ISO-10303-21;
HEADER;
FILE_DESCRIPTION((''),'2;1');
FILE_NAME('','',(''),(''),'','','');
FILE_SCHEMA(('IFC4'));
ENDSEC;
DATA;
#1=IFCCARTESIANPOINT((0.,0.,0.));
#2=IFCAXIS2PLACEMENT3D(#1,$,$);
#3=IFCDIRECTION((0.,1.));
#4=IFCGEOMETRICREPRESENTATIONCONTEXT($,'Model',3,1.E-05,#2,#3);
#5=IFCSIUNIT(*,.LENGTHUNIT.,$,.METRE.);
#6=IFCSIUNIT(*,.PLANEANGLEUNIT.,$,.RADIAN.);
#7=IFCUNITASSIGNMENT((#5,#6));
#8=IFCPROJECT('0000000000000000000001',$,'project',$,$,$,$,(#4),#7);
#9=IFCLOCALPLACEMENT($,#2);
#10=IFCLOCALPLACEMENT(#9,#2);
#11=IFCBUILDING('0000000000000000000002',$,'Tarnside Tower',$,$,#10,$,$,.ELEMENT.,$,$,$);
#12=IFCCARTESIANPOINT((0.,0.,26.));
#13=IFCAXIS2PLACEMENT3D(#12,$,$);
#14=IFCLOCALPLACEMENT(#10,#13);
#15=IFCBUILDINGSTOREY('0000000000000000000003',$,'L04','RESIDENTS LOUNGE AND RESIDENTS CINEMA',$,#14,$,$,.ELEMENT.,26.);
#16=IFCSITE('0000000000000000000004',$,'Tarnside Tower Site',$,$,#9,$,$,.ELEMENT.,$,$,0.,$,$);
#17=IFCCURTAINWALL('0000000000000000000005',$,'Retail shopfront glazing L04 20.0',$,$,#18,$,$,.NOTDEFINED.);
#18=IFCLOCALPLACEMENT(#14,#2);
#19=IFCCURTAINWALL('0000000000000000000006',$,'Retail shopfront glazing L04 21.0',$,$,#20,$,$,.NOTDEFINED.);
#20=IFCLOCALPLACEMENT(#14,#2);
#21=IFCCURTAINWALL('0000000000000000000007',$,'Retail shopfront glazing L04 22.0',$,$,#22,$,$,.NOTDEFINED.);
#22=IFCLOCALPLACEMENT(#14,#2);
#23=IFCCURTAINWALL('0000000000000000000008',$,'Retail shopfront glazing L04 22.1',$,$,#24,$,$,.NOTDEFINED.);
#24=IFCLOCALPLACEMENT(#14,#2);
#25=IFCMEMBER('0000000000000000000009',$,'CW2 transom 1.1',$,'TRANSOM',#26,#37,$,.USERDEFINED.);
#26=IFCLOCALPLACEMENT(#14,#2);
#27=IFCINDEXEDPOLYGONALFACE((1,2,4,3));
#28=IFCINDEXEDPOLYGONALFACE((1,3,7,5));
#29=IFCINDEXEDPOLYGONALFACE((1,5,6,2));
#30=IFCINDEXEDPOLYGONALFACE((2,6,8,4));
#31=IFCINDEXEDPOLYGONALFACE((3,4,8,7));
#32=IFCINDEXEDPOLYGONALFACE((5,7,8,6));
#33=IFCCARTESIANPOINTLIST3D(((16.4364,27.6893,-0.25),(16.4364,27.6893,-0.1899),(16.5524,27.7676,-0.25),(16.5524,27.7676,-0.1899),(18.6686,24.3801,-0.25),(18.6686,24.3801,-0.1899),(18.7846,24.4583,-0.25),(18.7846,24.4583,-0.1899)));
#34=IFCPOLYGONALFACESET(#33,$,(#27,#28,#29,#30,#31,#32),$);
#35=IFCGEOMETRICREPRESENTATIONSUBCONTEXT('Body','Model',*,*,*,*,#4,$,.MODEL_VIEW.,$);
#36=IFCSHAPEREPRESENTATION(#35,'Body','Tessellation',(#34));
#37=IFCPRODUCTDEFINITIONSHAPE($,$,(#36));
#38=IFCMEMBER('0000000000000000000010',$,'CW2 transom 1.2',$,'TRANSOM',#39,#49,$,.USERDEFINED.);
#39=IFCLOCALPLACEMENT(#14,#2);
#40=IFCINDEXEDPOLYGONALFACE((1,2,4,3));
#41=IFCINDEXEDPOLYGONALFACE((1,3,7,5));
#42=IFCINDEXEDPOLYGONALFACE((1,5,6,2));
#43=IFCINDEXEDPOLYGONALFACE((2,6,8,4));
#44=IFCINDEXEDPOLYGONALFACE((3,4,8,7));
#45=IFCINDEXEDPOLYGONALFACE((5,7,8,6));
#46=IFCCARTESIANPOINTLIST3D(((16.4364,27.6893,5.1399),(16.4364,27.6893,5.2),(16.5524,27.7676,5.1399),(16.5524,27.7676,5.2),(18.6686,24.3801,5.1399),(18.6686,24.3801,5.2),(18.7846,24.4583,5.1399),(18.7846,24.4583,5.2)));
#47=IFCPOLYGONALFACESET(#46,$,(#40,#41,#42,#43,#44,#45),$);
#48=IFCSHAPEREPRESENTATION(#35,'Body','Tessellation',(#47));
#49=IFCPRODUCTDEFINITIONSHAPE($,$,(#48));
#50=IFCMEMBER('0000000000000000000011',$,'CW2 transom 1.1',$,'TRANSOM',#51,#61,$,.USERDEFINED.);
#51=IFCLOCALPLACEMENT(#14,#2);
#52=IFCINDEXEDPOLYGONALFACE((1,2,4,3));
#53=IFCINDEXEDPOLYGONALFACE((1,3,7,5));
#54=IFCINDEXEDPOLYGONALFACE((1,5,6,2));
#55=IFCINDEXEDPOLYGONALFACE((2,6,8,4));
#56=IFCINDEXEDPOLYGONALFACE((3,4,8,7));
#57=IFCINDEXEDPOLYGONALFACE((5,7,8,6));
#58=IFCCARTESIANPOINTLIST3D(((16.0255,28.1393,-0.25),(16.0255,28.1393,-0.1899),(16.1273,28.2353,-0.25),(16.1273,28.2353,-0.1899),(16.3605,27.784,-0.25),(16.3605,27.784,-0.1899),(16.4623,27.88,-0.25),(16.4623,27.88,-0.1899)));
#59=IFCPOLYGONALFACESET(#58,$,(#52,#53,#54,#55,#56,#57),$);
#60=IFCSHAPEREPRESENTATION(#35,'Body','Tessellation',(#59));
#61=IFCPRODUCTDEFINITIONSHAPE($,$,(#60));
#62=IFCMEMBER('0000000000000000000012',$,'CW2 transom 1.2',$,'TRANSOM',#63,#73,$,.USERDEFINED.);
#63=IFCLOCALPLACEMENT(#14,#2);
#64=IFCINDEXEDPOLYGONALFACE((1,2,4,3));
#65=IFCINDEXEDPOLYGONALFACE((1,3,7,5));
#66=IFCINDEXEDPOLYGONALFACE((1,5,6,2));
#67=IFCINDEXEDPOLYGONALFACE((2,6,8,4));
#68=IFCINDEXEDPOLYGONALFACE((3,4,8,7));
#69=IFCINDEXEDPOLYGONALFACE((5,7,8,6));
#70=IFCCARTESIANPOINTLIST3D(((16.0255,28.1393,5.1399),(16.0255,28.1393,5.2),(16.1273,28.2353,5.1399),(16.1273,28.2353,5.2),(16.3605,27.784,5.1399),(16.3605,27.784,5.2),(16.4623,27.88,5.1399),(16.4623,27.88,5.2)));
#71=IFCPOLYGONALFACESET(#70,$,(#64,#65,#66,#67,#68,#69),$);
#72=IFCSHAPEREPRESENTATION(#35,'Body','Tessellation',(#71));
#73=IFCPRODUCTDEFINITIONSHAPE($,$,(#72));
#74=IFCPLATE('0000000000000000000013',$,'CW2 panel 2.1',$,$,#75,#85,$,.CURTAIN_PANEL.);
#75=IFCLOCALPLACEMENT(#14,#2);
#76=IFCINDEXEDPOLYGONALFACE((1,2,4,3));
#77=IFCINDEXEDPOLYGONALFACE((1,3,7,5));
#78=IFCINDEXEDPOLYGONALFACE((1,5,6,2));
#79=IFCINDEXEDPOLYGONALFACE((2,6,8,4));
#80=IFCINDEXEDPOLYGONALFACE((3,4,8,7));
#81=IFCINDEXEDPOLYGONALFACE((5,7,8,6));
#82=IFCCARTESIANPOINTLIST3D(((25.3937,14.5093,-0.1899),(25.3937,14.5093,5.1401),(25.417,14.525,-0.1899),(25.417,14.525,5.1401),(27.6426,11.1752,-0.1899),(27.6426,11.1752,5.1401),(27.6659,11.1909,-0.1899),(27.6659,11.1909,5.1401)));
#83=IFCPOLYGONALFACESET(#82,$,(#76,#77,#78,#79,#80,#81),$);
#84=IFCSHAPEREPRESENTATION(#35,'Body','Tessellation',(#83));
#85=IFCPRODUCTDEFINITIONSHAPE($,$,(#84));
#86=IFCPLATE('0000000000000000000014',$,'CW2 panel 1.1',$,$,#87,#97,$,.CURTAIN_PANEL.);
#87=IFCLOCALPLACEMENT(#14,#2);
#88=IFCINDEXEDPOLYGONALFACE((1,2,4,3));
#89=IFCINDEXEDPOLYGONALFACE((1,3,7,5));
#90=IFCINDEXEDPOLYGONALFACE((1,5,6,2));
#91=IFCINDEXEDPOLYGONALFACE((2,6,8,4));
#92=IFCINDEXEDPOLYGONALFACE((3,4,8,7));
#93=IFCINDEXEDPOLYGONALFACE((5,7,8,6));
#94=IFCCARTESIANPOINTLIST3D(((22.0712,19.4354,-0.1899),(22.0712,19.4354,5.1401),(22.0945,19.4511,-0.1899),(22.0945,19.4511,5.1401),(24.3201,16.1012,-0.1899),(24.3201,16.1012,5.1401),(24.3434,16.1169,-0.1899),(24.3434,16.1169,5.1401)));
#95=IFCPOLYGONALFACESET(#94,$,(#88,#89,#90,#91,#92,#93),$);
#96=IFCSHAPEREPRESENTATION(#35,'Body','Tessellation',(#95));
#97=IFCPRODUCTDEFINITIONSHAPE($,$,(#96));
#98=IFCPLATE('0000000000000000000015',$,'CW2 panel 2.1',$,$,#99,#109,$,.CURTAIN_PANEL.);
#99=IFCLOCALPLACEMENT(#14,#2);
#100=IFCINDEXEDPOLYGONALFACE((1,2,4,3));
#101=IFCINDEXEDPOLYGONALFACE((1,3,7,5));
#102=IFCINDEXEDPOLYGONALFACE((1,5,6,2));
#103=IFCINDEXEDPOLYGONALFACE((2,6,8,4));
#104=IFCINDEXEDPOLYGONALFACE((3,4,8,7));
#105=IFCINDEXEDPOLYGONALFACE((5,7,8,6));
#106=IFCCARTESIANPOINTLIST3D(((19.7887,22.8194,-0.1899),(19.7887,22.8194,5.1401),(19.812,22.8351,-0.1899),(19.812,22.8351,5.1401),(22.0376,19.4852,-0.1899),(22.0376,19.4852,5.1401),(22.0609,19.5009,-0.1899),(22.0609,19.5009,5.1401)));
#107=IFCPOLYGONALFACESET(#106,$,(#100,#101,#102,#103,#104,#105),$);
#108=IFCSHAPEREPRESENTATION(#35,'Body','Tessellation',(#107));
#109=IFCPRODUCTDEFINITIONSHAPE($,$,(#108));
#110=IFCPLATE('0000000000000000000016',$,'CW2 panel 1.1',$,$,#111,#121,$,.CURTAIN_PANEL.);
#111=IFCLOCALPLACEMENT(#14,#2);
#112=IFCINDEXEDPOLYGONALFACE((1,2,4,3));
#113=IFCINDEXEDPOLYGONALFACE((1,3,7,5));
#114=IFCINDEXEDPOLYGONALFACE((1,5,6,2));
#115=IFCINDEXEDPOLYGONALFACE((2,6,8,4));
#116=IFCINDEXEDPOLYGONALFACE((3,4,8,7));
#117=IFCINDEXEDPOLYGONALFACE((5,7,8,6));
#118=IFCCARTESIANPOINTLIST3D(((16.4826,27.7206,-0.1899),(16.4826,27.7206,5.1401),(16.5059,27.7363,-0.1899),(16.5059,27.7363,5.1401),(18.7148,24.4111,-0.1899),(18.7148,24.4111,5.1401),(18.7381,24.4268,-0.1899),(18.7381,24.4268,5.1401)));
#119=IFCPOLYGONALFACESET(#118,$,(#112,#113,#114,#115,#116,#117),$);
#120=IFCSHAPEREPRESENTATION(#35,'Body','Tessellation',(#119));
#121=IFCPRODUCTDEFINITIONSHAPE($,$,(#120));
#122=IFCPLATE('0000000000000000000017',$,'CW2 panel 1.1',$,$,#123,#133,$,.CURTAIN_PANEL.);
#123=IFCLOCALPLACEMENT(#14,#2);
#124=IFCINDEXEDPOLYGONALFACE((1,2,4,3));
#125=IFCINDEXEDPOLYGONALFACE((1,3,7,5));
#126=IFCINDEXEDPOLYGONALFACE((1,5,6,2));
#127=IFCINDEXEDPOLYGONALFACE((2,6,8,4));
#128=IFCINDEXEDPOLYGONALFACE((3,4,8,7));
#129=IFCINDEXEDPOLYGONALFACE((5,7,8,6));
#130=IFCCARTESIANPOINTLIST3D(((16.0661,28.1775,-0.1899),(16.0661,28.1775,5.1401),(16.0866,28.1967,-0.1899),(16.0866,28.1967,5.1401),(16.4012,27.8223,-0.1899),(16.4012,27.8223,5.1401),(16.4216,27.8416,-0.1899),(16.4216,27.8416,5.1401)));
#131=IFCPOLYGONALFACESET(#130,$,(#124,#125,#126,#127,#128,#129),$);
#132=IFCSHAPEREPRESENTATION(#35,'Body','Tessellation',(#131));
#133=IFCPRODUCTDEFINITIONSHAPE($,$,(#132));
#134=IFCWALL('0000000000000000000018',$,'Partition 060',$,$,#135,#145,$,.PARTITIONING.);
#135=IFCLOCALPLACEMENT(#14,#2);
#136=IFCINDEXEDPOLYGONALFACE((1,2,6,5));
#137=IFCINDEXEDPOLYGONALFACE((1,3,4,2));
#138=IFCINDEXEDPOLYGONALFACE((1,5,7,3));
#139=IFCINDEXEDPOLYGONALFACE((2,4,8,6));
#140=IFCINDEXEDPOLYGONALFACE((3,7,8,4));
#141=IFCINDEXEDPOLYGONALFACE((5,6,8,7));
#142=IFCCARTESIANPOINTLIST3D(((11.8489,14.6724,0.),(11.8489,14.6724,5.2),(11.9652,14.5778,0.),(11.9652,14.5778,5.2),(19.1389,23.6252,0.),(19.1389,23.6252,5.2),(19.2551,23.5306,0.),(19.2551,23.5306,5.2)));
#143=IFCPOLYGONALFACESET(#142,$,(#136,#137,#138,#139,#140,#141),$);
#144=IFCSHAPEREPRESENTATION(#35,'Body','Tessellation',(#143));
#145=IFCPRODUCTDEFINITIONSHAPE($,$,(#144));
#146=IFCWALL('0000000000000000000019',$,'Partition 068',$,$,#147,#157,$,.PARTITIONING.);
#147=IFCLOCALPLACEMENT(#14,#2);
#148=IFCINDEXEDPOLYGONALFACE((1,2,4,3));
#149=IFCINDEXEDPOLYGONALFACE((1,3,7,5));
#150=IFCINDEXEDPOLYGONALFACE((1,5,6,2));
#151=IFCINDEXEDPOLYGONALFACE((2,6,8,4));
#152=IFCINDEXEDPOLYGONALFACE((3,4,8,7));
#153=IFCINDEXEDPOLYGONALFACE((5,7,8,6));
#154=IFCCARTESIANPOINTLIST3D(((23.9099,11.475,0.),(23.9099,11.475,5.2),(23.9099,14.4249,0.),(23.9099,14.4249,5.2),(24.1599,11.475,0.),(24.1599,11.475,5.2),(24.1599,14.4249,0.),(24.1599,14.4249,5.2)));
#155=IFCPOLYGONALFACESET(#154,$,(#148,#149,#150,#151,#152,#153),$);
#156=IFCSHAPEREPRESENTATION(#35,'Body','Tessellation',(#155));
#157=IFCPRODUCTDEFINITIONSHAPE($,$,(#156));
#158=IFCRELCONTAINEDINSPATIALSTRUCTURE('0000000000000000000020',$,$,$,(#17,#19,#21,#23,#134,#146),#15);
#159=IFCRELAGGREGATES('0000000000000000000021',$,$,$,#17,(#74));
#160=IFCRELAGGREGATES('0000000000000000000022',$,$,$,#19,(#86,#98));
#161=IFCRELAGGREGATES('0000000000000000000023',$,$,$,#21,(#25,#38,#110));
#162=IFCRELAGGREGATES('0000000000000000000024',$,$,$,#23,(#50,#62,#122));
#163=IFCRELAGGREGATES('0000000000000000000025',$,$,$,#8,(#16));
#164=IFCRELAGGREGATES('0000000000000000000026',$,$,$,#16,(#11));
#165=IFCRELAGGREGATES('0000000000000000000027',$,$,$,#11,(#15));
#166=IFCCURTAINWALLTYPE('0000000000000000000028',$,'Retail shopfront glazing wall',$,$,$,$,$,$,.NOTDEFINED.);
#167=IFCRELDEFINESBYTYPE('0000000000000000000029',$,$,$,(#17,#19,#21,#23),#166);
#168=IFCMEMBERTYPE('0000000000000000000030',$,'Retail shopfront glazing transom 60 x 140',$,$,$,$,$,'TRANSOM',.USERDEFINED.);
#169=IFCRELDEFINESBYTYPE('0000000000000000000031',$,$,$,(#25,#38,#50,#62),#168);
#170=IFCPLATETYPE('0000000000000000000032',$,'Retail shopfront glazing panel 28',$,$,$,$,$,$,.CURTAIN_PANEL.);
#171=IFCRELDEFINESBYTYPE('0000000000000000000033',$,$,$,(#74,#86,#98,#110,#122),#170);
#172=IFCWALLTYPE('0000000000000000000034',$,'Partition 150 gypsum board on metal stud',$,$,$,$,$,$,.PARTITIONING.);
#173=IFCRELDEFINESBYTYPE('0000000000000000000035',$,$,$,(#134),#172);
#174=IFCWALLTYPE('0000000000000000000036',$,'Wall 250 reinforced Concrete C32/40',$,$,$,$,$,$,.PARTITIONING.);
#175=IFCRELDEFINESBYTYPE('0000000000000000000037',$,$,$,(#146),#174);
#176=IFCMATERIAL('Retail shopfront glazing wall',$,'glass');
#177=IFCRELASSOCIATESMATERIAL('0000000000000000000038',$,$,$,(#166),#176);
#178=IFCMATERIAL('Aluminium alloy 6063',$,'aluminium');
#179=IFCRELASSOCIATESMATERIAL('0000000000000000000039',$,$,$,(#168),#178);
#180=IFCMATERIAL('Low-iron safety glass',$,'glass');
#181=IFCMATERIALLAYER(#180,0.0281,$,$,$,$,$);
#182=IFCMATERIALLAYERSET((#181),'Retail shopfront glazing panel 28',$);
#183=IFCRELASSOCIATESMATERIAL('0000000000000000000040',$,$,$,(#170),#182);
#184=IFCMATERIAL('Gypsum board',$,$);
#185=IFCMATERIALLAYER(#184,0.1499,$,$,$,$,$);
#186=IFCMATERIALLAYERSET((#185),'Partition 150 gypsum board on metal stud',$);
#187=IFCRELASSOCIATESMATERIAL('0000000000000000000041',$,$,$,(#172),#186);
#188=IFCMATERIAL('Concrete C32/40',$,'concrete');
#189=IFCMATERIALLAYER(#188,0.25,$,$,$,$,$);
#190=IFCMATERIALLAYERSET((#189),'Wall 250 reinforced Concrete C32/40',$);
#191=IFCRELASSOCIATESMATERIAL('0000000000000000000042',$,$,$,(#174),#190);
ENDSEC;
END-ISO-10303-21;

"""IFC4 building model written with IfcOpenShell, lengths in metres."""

from ifc_helpers import new_model, si_unit, direction, frame, frame_2d, origin, origin_2d, place, context, subcontext, project, spatial, rectangle, extrude, material, layer, layer_set, material_profile, profile_set, type_object, element, aggregate, save


model = new_model("IFC4")

# Units and contexts
model_context = context("Model", 3, precision=1e-05, world=origin(), true_north=direction((0.0, 1.0)))
body_context = subcontext(model_context, "Body", "Model", "MODEL_VIEW")
ifc_project = project(units=[si_unit("LENGTHUNIT", "METRE"), si_unit("PLANEANGLEUNIT", "RADIAN")], contexts=[model_context])

# Site, building, storey
site_placement = place(None, origin())
site = spatial("IfcSite", under=ifc_project, at=site_placement, Name="Tarnside Tower Site", CompositionType="ELEMENT", RefElevation=0.0)
building_placement = place(site_placement, origin())
building = spatial("IfcBuilding", under=site, at=building_placement, Name="Tarnside Tower", CompositionType="ELEMENT")
storey_placement = place(building_placement, frame((0.0, 0.0, 26.0)))
storey = spatial("IfcBuildingStorey", under=building, at=storey_placement, Name="L04", Description="RESIDENTS LOUNGE AND RESIDENTS CINEMA", CompositionType="ELEMENT", Elevation=26.0)

# Curtain wall
ifc_material_1 = material(Name="Retail shopfront glazing wall", Category="glass")
curtain_wall_type = type_object("IfcCurtainWallType", Name="Retail shopfront glazing wall", PredefinedType="NOTDEFINED", material=ifc_material_1)
curtain_wall_1_placement = place(storey_placement, origin())
curtain_wall_1 = element("IfcCurtainWall", 1, at=curtain_wall_1_placement, inside=storey, type_object=curtain_wall_type, Name="Retail shopfront glazing L04 20.0", PredefinedType="NOTDEFINED")
ifc_material_2 = material(Name="Aluminium alloy 6063", Category="aluminium")

# Curtain walls
curtain_wall_2_placement = place(storey_placement, origin())
curtain_wall_2 = element("IfcCurtainWall", 2, at=curtain_wall_2_placement, inside=storey, type_object=curtain_wall_type, Name="Retail shopfront glazing L04 21.0", PredefinedType="NOTDEFINED")
curtain_wall_3_placement = place(storey_placement, origin())
curtain_wall_3 = element("IfcCurtainWall", 3, at=curtain_wall_3_placement, inside=storey, type_object=curtain_wall_type, Name="Retail shopfront glazing L04 22.0", PredefinedType="NOTDEFINED")

# Curtain wall
curtain_wall_4_placement = place(storey_placement, origin())
curtain_wall_4 = element("IfcCurtainWall", 4, at=curtain_wall_4_placement, inside=storey, type_object=curtain_wall_type, Name="Retail shopfront glazing L04 22.1", PredefinedType="NOTDEFINED")

# Members
ifc_material_profile_1 = material_profile(ifc_material_2, rectangle(XDim=0.1399, YDim=0.0601, at=origin_2d()), Name="Retail shopfront glazing transom 60 x 140")
ifc_profile_set_1 = profile_set([ifc_material_profile_1], Name="Aluminium alloy 6063")
member_type_1 = type_object("IfcMemberType", Name="Retail shopfront glazing transom 60 x 140", ElementType="TRANSOM", PredefinedType="USERDEFINED", material=ifc_profile_set_1)
member_1_placement = place(storey_placement, frame((18.7266, 24.4192, -0.22), z_axis=(-0.559194, 0.829037, 0.0), x_axis=(-0.829037, -0.559194, 0.0)))
member_1 = element("IfcMember", 5, at=member_1_placement, type_object=member_type_1, Name="CW2 transom 1.1", ObjectType="TRANSOM", PredefinedType="USERDEFINED", context=body_context, shape_type="SweptSolid", body=[
    extrude(rectangle(XDim=0.1399, YDim=0.0601, at=origin_2d()), origin(), (0.0, 0.0, 1.0), 3.9917),
])
member_2_placement = place(storey_placement, frame((18.7266, 24.4192, 5.1699), z_axis=(-0.559194, 0.829037, 0.0), x_axis=(-0.829037, -0.559194, 0.0)))
member_2 = element("IfcMember", 6, at=member_2_placement, type_object=member_type_1, Name="CW2 transom 1.2", ObjectType="TRANSOM", PredefinedType="USERDEFINED", context=body_context, shape_type="SweptSolid", body=[
    extrude(rectangle(XDim=0.1399, YDim=0.0601, at=origin_2d()), origin(), (0.0, 0.0, 1.0), 3.9917),
])
member_3_placement = place(storey_placement, frame((16.4114, 27.832, -0.22), z_axis=(-0.686051, 0.727554, 0.0), x_axis=(-0.727554, -0.686051, 0.0)))
member_3 = element("IfcMember", 7, at=member_3_placement, type_object=member_type_1, Name="CW2 transom 1.1", ObjectType="TRANSOM", PredefinedType="USERDEFINED", context=body_context, shape_type="SweptSolid", body=[
    extrude(rectangle(XDim=0.1399, YDim=0.0601, at=origin_2d()), origin(), (0.0, 0.0, 1.0), 0.4883),
])
member_4_placement = place(storey_placement, frame((16.4114, 27.832, 5.1699), z_axis=(-0.686051, 0.727554, 0.0), x_axis=(-0.727554, -0.686051, 0.0)))
member_4 = element("IfcMember", 8, at=member_4_placement, type_object=member_type_1, Name="CW2 transom 1.2", ObjectType="TRANSOM", PredefinedType="USERDEFINED", context=body_context, shape_type="SweptSolid", body=[
    extrude(rectangle(XDim=0.1399, YDim=0.0601, at=origin_2d()), origin(), (0.0, 0.0, 1.0), 0.4883),
])

# Plates
ifc_material_3 = material(Name="Low-iron safety glass", Category="glass")
ifc_layer_1 = layer(ifc_material_3, 0.0281)
ifc_layer_set_1 = layer_set([ifc_layer_1], Name="Retail shopfront glazing panel 28")
plate_type = type_object("IfcPlateType", Name="Retail shopfront glazing panel 28", PredefinedType="CURTAIN_PANEL", material=ifc_layer_set_1)
plate_1_placement = place(storey_placement, frame((26.5298, 12.8501, -0.1899), z_axis=(0.0, 0.0, 1.0), x_axis=(-0.559193, 0.829038, 0.0)))
plate_1 = element("IfcPlate", 9, at=plate_1_placement, type_object=plate_type, Name="CW2 panel 2.1", PredefinedType="CURTAIN_PANEL", context=body_context, shape_type="SweptSolid", body=[
    extrude(rectangle(XDim=4.0217, YDim=0.0281, at=origin_2d()), origin(), (0.0, 0.0, 1.0), 5.3301),
])
aggregate(curtain_wall_1, [plate_1])
plate_2_placement = place(storey_placement, frame((23.2073, 17.7761, -0.1899), z_axis=(0.0, 0.0, 1.0), x_axis=(-0.559193, 0.829038, 0.0)))
plate_2 = element("IfcPlate", 10, at=plate_2_placement, type_object=plate_type, Name="CW2 panel 1.1", PredefinedType="CURTAIN_PANEL", context=body_context, shape_type="SweptSolid", body=[
    extrude(rectangle(XDim=4.0217, YDim=0.0281, at=origin_2d()), origin(), (0.0, 0.0, 1.0), 5.3301),
])
plate_3_placement = place(storey_placement, frame((20.9248, 21.1602, -0.1899), z_axis=(0.0, 0.0, 1.0), x_axis=(-0.559193, 0.829038, 0.0)))
plate_3 = element("IfcPlate", 11, at=plate_3_placement, type_object=plate_type, Name="CW2 panel 2.1", PredefinedType="CURTAIN_PANEL", context=body_context, shape_type="SweptSolid", body=[
    extrude(rectangle(XDim=4.0217, YDim=0.0281, at=origin_2d()), origin(), (0.0, 0.0, 1.0), 5.3301),
])
aggregate(curtain_wall_2, [plate_2, plate_3])
plate_4_placement = place(storey_placement, frame((17.6104, 26.0737, -0.1899), z_axis=(0.0, 0.0, 1.0), x_axis=(-0.559193, 0.829038, 0.0)))
plate_4 = element("IfcPlate", 12, at=plate_4_placement, type_object=plate_type, Name="CW2 panel 1.1", PredefinedType="CURTAIN_PANEL", context=body_context, shape_type="SweptSolid", body=[
    extrude(rectangle(XDim=3.9919, YDim=0.0281, at=origin_2d()), origin(), (0.0, 0.0, 1.0), 5.3301),
])
aggregate(curtain_wall_3, [member_1, member_2, plate_4])
plate_5_placement = place(storey_placement, frame((16.2439, 28.0095, -0.1899), z_axis=(0.0, 0.0, 1.0), x_axis=(-0.686242, 0.727374, 0.0)))
plate_5 = element("IfcPlate", 13, at=plate_5_placement, type_object=plate_type, Name="CW2 panel 1.1", PredefinedType="CURTAIN_PANEL", context=body_context, shape_type="SweptSolid", body=[
    extrude(rectangle(XDim=0.4883, YDim=0.0281, at=origin_2d()), origin(), (0.0, 0.0, 1.0), 5.3301),
])
aggregate(curtain_wall_4, [member_3, member_4, plate_5])

# Walls
ifc_material_4 = material(Name="Gypsum board")
ifc_layer_2 = layer(ifc_material_4, 0.1499)
ifc_layer_set_2 = layer_set([ifc_layer_2], Name="Partition 150 gypsum board on metal stud")
wall_type_1 = type_object("IfcWallType", Name="Partition 150 gypsum board on metal stud", PredefinedType="PARTITIONING", material=ifc_layer_set_2)
wall_1_placement = place(storey_placement, frame((19.197, 23.5779, 0.0), z_axis=(0.0, 0.0, 1.0), x_axis=(-0.631418, -0.775443, 0.0)))
element("IfcWall", 14, at=wall_1_placement, inside=storey, type_object=wall_type_1, Name="Partition 060", PredefinedType="PARTITIONING", context=body_context, shape_type="SweptSolid", body=[
    extrude(rectangle(XDim=11.5454, YDim=0.1499, at=frame_2d((5.7727, 0.0))), origin(), (0.0, 0.0, 1.0), 5.2),
])
ifc_material_5 = material(Name="Concrete C32/40", Category="concrete")
ifc_layer_3 = layer(ifc_material_5, 0.25)
ifc_layer_set_3 = layer_set([ifc_layer_3], Name="Wall 250 reinforced Concrete C32/40")
wall_type_2 = type_object("IfcWallType", Name="Wall 250 reinforced Concrete C32/40", PredefinedType="PARTITIONING", material=ifc_layer_set_3)
wall_2_placement = place(storey_placement, frame((24.0349, 14.425, 0.0), z_axis=(0.0, 0.0, 1.0), x_axis=(0.0, -1.0, 0.0)))
element("IfcWall", 15, at=wall_2_placement, inside=storey, type_object=wall_type_2, Name="Partition 068", PredefinedType="PARTITIONING", context=body_context, shape_type="SweptSolid", body=[
    extrude(rectangle(XDim=2.95, YDim=0.25, at=frame_2d((1.4751, 0.0))), origin(), (0.0, 0.0, 1.0), 5.2),
])

save(model, "model.ifc")
